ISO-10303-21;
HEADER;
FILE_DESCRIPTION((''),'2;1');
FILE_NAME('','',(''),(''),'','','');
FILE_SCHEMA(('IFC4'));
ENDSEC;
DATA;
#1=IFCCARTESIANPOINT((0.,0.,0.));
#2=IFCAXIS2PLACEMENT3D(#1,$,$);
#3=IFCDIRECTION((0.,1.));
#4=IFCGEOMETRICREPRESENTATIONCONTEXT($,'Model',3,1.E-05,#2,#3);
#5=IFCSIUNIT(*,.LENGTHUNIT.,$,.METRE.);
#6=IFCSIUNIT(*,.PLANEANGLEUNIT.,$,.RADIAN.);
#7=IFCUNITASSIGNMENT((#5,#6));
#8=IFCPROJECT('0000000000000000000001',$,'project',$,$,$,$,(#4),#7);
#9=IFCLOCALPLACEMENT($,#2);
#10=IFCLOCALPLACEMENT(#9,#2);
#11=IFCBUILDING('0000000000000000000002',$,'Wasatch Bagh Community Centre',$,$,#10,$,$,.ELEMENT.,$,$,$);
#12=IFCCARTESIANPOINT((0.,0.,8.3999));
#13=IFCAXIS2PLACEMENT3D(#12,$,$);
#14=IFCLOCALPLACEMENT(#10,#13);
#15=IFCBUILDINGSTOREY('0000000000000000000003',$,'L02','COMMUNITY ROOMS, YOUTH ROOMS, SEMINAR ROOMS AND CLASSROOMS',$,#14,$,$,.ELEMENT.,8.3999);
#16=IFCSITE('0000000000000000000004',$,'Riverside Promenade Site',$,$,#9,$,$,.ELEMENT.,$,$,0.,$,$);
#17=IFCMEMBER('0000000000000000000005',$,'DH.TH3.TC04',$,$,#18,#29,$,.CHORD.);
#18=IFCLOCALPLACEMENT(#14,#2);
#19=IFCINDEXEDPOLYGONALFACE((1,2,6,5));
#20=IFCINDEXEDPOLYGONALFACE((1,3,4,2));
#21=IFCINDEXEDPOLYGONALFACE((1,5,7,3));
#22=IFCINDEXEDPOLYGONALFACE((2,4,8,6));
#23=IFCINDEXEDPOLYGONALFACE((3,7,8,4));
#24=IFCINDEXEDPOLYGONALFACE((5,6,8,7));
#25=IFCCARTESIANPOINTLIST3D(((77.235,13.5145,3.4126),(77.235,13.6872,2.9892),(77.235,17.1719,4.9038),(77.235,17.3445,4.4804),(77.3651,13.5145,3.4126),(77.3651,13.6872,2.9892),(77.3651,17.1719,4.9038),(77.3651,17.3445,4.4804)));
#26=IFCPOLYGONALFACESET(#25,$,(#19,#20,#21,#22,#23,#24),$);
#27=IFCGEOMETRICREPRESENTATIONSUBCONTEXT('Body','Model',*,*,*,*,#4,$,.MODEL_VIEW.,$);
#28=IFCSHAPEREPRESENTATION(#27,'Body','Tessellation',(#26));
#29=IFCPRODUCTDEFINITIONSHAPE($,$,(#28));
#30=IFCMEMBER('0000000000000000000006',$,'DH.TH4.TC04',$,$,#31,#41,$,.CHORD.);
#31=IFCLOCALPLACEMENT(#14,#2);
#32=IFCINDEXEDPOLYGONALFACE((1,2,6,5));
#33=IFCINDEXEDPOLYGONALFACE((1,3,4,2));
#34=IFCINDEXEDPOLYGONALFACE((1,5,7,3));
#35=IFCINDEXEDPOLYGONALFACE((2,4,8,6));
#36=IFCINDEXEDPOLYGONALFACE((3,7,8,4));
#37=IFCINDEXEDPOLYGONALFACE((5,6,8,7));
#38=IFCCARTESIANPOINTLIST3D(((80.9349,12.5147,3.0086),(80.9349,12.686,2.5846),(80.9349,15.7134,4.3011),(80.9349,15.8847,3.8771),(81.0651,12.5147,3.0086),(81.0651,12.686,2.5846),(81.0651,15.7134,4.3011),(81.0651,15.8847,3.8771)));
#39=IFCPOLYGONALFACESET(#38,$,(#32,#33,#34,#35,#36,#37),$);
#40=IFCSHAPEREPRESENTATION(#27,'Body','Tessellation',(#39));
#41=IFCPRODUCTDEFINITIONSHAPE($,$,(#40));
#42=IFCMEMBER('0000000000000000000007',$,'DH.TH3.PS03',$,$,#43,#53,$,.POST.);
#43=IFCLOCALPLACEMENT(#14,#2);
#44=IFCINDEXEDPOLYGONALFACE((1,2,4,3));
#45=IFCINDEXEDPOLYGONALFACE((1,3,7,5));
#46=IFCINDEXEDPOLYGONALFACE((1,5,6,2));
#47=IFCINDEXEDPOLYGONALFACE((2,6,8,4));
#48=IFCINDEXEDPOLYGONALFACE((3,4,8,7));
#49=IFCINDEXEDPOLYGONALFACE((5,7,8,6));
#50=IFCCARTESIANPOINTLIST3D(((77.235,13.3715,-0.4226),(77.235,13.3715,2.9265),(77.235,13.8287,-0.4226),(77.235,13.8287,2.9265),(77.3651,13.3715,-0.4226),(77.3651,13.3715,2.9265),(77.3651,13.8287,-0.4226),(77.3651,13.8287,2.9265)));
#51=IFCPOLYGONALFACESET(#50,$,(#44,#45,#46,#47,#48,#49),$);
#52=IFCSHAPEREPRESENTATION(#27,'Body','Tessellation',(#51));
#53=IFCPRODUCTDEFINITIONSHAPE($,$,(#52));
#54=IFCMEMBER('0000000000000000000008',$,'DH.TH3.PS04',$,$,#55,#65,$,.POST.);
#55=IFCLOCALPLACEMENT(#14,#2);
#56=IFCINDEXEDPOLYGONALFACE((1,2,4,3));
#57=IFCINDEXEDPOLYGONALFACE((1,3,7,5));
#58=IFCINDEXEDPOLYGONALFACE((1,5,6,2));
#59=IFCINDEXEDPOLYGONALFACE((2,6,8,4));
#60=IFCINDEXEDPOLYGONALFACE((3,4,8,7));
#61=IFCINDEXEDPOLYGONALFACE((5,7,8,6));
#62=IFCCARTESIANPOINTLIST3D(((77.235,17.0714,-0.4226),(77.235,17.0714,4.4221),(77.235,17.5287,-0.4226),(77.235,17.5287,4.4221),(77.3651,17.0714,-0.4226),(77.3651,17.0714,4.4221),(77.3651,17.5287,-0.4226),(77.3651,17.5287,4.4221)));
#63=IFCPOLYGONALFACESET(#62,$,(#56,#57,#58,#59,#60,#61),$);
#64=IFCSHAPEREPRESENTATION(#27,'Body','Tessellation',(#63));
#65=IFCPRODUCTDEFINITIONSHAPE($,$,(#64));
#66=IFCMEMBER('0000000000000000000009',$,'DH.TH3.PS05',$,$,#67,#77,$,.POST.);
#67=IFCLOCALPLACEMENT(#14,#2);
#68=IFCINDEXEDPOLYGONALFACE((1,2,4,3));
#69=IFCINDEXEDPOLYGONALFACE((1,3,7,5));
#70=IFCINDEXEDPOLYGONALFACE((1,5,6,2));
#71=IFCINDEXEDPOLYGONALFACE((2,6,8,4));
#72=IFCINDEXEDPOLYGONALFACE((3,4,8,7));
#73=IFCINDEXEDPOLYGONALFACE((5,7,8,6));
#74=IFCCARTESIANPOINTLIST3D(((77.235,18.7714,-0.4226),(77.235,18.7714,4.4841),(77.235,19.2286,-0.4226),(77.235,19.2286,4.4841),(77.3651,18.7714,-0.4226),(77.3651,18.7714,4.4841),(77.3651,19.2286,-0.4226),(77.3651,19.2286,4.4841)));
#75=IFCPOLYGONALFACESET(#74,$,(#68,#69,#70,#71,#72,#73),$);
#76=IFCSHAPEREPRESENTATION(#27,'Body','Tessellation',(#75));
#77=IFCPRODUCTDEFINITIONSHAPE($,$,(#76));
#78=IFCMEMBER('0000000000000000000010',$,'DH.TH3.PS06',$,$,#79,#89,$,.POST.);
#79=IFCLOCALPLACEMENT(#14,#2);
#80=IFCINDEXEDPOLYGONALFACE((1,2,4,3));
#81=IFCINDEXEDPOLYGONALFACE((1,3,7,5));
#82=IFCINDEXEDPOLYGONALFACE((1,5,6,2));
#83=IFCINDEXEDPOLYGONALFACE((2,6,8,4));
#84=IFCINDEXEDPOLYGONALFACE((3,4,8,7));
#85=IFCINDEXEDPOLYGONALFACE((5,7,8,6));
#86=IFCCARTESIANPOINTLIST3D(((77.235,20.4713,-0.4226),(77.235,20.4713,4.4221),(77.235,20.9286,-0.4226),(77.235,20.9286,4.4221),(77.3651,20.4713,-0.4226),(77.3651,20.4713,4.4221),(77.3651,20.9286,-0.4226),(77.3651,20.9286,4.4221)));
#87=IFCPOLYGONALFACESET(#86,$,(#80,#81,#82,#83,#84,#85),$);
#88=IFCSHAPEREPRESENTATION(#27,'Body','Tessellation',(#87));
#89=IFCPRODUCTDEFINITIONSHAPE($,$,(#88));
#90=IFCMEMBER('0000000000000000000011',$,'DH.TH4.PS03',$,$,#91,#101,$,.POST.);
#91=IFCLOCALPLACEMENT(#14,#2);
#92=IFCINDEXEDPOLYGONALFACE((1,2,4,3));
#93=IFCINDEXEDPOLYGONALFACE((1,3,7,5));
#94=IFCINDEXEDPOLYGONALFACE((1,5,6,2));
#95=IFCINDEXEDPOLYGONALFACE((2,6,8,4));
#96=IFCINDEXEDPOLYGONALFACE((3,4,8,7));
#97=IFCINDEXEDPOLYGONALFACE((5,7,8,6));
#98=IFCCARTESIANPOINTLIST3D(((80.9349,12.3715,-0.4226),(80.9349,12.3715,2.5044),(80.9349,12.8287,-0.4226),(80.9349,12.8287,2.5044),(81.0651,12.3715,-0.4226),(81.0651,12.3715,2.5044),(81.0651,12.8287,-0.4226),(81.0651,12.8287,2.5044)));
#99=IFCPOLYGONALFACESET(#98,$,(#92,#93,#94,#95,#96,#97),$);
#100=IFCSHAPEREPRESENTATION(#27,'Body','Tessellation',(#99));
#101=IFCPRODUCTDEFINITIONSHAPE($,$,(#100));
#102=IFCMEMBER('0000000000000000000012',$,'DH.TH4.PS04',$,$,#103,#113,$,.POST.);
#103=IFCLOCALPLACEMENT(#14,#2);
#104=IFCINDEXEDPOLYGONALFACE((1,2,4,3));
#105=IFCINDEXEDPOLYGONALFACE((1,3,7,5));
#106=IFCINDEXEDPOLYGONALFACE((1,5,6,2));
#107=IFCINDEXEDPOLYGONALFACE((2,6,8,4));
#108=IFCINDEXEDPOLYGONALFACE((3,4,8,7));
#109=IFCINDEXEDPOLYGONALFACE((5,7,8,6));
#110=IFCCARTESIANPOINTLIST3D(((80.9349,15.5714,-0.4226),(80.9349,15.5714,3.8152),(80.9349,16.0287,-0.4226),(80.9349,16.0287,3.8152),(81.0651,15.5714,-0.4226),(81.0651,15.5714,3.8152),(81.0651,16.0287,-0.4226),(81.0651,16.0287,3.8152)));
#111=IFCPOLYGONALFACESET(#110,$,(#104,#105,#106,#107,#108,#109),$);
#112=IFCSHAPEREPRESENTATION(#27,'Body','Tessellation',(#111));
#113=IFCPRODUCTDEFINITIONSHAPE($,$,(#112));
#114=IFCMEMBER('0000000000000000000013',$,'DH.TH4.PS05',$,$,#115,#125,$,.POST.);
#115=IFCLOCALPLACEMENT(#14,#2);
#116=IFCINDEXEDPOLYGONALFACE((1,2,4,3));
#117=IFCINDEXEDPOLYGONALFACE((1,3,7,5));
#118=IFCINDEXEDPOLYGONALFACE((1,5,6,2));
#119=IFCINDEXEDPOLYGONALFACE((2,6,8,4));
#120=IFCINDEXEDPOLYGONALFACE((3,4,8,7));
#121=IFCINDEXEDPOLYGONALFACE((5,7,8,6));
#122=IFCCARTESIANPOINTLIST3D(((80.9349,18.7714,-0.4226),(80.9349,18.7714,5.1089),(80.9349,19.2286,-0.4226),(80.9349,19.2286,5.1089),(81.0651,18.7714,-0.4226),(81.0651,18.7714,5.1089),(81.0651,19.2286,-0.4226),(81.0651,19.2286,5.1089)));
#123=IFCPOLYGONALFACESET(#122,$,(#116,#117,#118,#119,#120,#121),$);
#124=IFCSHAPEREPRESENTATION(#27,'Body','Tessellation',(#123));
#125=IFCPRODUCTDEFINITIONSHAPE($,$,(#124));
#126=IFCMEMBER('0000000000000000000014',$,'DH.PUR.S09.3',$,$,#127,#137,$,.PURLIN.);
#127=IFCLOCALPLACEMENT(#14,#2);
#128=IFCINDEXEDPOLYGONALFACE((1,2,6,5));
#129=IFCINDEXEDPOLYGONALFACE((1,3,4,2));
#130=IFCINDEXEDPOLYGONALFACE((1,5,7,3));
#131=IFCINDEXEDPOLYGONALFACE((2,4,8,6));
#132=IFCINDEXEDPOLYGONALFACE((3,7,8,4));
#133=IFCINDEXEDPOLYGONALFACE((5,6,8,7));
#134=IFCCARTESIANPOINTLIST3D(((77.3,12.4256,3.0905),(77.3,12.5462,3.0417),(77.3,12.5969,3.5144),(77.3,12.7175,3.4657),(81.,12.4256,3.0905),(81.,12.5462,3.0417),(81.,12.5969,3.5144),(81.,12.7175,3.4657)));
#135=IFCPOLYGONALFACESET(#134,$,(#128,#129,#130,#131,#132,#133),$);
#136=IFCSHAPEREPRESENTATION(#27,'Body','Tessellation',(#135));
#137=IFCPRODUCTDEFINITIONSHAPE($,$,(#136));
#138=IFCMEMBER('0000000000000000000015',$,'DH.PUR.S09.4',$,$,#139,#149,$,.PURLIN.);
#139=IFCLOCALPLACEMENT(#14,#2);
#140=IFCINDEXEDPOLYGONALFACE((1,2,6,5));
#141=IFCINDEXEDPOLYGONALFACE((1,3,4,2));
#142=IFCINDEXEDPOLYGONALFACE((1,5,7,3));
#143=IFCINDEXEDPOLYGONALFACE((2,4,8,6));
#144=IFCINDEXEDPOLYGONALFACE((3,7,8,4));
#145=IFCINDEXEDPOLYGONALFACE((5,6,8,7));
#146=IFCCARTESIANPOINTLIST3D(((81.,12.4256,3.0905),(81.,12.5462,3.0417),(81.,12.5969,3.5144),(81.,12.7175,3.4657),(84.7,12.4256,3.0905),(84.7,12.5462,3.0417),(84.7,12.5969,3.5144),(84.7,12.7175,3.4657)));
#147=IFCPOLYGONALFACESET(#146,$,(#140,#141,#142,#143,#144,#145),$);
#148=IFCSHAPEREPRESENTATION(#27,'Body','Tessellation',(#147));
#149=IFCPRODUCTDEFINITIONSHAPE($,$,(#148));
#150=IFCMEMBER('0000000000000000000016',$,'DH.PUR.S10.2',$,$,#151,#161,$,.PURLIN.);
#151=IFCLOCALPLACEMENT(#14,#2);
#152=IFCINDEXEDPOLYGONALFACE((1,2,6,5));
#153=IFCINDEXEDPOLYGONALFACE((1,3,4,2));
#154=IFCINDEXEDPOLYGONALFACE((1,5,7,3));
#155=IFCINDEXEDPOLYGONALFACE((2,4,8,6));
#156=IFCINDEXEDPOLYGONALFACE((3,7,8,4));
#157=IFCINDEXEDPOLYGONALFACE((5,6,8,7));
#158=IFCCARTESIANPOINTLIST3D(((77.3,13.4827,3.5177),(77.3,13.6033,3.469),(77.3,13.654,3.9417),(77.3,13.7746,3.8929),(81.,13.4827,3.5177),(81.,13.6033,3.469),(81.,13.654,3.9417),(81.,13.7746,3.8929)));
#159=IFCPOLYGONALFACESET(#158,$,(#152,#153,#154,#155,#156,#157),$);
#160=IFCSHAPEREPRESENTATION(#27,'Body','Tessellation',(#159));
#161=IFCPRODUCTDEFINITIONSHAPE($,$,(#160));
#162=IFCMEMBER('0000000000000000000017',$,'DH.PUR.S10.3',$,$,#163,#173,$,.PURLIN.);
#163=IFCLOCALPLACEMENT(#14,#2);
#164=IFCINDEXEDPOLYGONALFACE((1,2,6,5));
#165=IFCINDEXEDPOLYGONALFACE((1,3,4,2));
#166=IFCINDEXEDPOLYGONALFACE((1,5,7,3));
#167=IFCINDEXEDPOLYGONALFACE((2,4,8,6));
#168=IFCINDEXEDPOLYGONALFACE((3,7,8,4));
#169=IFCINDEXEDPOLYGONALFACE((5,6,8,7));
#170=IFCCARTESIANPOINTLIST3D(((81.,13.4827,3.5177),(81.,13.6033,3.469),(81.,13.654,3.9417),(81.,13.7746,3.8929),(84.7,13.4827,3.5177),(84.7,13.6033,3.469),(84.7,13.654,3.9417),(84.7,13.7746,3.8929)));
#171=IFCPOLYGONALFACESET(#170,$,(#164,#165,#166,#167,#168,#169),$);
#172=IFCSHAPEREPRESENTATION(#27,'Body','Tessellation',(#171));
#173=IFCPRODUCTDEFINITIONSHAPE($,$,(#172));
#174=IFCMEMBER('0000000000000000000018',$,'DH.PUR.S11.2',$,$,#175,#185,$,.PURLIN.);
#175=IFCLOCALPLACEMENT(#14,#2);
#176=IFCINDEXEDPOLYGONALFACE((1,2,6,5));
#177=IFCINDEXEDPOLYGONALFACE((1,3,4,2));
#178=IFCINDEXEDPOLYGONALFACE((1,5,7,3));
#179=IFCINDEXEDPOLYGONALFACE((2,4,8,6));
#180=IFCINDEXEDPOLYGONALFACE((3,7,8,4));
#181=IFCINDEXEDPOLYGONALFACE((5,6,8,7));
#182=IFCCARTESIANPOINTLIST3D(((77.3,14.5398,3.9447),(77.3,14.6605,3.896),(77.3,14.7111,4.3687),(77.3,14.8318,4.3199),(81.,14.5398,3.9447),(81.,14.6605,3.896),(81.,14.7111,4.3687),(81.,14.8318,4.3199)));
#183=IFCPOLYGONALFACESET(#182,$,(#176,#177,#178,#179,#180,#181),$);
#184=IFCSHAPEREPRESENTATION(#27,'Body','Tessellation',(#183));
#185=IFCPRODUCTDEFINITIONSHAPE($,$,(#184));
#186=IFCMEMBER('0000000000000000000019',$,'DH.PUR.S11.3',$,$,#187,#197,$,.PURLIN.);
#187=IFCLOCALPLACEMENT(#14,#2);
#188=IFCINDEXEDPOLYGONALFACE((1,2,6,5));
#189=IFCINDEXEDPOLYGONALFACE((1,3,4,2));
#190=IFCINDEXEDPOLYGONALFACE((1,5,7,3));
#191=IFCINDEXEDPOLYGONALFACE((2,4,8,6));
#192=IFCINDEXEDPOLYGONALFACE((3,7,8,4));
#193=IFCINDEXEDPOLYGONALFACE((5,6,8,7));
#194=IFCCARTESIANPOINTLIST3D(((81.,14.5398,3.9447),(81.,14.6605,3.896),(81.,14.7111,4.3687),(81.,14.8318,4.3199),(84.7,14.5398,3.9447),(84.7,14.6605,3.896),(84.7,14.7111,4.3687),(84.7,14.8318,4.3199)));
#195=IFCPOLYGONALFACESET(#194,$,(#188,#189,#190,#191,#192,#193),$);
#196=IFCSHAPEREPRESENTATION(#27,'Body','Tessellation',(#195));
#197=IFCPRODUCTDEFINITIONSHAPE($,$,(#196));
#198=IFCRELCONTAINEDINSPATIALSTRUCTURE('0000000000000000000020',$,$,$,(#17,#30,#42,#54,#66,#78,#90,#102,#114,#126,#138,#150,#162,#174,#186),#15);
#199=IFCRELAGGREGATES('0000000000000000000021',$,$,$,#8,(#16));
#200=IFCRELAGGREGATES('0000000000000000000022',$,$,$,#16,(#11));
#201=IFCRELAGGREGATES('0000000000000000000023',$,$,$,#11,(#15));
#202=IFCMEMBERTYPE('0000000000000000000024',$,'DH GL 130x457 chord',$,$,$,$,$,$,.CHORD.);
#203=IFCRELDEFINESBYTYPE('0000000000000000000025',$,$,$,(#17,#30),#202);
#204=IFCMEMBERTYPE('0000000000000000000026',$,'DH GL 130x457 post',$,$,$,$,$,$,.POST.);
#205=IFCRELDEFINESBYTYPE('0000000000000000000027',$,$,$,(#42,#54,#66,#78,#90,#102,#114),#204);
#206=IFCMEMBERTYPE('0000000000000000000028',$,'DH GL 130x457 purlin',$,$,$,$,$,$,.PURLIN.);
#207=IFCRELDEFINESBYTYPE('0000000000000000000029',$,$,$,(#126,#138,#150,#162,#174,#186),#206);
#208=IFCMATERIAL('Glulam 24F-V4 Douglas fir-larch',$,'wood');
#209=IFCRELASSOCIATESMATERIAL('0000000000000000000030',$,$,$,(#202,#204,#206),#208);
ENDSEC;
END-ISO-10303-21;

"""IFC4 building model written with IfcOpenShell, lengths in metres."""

from ifc_helpers import new_model, si_unit, direction, frame, origin, origin_2d, place, context, subcontext, project, spatial, rectangle, extrude, material, material_profile, profile_set, type_object, element, save


model = new_model("IFC4")

# Units and contexts
model_context = context("Model", 3, precision=1e-05, world=origin(), true_north=direction((0.0, 1.0)))
body_context = subcontext(model_context, "Body", "Model", "MODEL_VIEW")
ifc_project = project(units=[si_unit("LENGTHUNIT", "METRE"), si_unit("PLANEANGLEUNIT", "RADIAN")], contexts=[model_context])

# Site, building, storey
site_placement = place(None, origin())
site = spatial("IfcSite", under=ifc_project, at=site_placement, Name="Riverside Promenade Site", CompositionType="ELEMENT", RefElevation=0.0)
building_placement = place(site_placement, origin())
building = spatial("IfcBuilding", under=site, at=building_placement, Name="Wasatch Bagh Community Centre", CompositionType="ELEMENT")
storey_placement = place(building_placement, frame((0.0, 0.0, 8.3999)))
storey = spatial("IfcBuildingStorey", under=building, at=storey_placement, Name="L02", Description="COMMUNITY ROOMS, YOUTH ROOMS, SEMINAR ROOMS AND CLASSROOMS", CompositionType="ELEMENT", Elevation=8.3999)

# Members
ifc_material_1 = material(Name="Glulam 24F-V4 Douglas fir-larch", Category="wood")
ifc_material_profile_1 = material_profile(ifc_material_1, rectangle(XDim=0.1301, YDim=0.4573, at=origin_2d()), Name="GL 130x457")
ifc_profile_set_1 = profile_set([ifc_material_profile_1], Name="Glulam 24F-V4 Douglas fir-larch")
member_type_1 = type_object("IfcMemberType", Name="DH GL 130x457 chord", PredefinedType="CHORD", material=ifc_profile_set_1)
member_1_placement = place(storey_placement, frame((77.3, 13.6008, 3.2009), z_axis=(0.0, 0.925992, 0.377542), x_axis=(-1.0, 0.0, 0.0)))
element("IfcMember", 1, at=member_1_placement, inside=storey, type_object=member_type_1, Name="DH.TH3.TC04", PredefinedType="CHORD", context=body_context, shape_type="SweptSolid", body=[
    extrude(rectangle(XDim=0.1301, YDim=0.4573, at=origin_2d()), origin(), (0.0, 0.0, 1.0), 3.9497),
])
member_2_placement = place(storey_placement, frame((81.0, 12.6003, 2.7966), z_axis=(0.0, 0.927173, 0.374634), x_axis=(-1.0, 0.0, 0.0)))
element("IfcMember", 2, at=member_2_placement, inside=storey, type_object=member_type_1, Name="DH.TH4.TC04", PredefinedType="CHORD", context=body_context, shape_type="SweptSolid", body=[
    extrude(rectangle(XDim=0.1301, YDim=0.4573, at=origin_2d()), origin(), (0.0, 0.0, 1.0), 3.45),
])
ifc_material_profile_2 = material_profile(ifc_material_1, rectangle(XDim=0.1301, YDim=0.4573, at=origin_2d()), Name="GL 130x457")
ifc_profile_set_2 = profile_set([ifc_material_profile_2], Name="Glulam 24F-V4 Douglas fir-larch")
member_type_2 = type_object("IfcMemberType", Name="DH GL 130x457 post", PredefinedType="POST", material=ifc_profile_set_2)
member_3_placement = place(storey_placement, frame((77.3, 13.6001, -0.4226), z_axis=(0.0, 0.0, 1.0), x_axis=(1.0, 0.0, 0.0)))
element("IfcMember", 3, at=member_3_placement, inside=storey, type_object=member_type_2, Name="DH.TH3.PS03", PredefinedType="POST", context=body_context, shape_type="SweptSolid", body=[
    extrude(rectangle(XDim=0.1301, YDim=0.4573, at=origin_2d()), origin(), (0.0, 0.0, 1.0), 3.3491),
])
member_4_placement = place(storey_placement, frame((77.3, 17.3, -0.4226), z_axis=(0.0, 0.0, 1.0), x_axis=(1.0, 0.0, 0.0)))
element("IfcMember", 4, at=member_4_placement, inside=storey, type_object=member_type_2, Name="DH.TH3.PS04", PredefinedType="POST", context=body_context, shape_type="SweptSolid", body=[
    extrude(rectangle(XDim=0.1301, YDim=0.4573, at=origin_2d()), origin(), (0.0, 0.0, 1.0), 4.8447),
])
member_5_placement = place(storey_placement, frame((77.3, 19.0, -0.4226), z_axis=(0.0, 0.0, 1.0), x_axis=(1.0, 0.0, 0.0)))
element("IfcMember", 5, at=member_5_placement, inside=storey, type_object=member_type_2, Name="DH.TH3.PS05", PredefinedType="POST", context=body_context, shape_type="SweptSolid", body=[
    extrude(rectangle(XDim=0.1301, YDim=0.4573, at=origin_2d()), origin(), (0.0, 0.0, 1.0), 4.9067),
])
member_6_placement = place(storey_placement, frame((77.3, 20.7, -0.4226), z_axis=(0.0, 0.0, 1.0), x_axis=(1.0, 0.0, 0.0)))
element("IfcMember", 6, at=member_6_placement, inside=storey, type_object=member_type_2, Name="DH.TH3.PS06", PredefinedType="POST", context=body_context, shape_type="SweptSolid", body=[
    extrude(rectangle(XDim=0.1301, YDim=0.4573, at=origin_2d()), origin(), (0.0, 0.0, 1.0), 4.8447),
])
member_7_placement = place(storey_placement, frame((81.0, 12.6001, -0.4226), z_axis=(0.0, 0.0, 1.0), x_axis=(1.0, 0.0, 0.0)))
element("IfcMember", 7, at=member_7_placement, inside=storey, type_object=member_type_2, Name="DH.TH4.PS03", PredefinedType="POST", context=body_context, shape_type="SweptSolid", body=[
    extrude(rectangle(XDim=0.1301, YDim=0.4573, at=origin_2d()), origin(), (0.0, 0.0, 1.0), 2.927),
])
member_8_placement = place(storey_placement, frame((81.0, 15.8, -0.4226), z_axis=(0.0, 0.0, 1.0), x_axis=(1.0, 0.0, 0.0)))
element("IfcMember", 8, at=member_8_placement, inside=storey, type_object=member_type_2, Name="DH.TH4.PS04", PredefinedType="POST", context=body_context, shape_type="SweptSolid", body=[
    extrude(rectangle(XDim=0.1301, YDim=0.4573, at=origin_2d()), origin(), (0.0, 0.0, 1.0), 4.2378),
])
member_9_placement = place(storey_placement, frame((81.0, 19.0, -0.4226), z_axis=(0.0, 0.0, 1.0), x_axis=(1.0, 0.0, 0.0)))
element("IfcMember", 9, at=member_9_placement, inside=storey, type_object=member_type_2, Name="DH.TH4.PS05", PredefinedType="POST", context=body_context, shape_type="SweptSolid", body=[
    extrude(rectangle(XDim=0.1301, YDim=0.4573, at=origin_2d()), origin(), (0.0, 0.0, 1.0), 5.5315),
])
ifc_material_profile_3 = material_profile(ifc_material_1, rectangle(XDim=0.1301, YDim=0.4573, at=origin_2d()), Name="GL 130x457")
ifc_profile_set_3 = profile_set([ifc_material_profile_3], Name="Glulam 24F-V4 Douglas fir-larch")
member_type_3 = type_object("IfcMemberType", Name="DH GL 130x457 purlin", PredefinedType="PURLIN", material=ifc_profile_set_3)
for number, where, z_axis, x_axis, name in (
    (10, (77.3, 12.5715, 3.2781), (1.0, 0.0, 0.0), (0.0, 0.927184, -0.374607), "DH.PUR.S09.3"),
    (11, (81.0, 12.5715, 3.2781), (1.0, 0.0, 0.0), (0.0, 0.927184, -0.374607), "DH.PUR.S09.4"),
    (12, (77.3, 13.6287, 3.7053), (1.0, 0.0, 0.0), (0.0, 0.927184, -0.374607), "DH.PUR.S10.2"),
    (13, (81.0, 13.6287, 3.7053), (1.0, 0.0, 0.0), (0.0, 0.927184, -0.374607), "DH.PUR.S10.3"),
    (14, (77.3, 14.6858, 4.1323), (1.0, 0.0, 0.0), (0.0, 0.927184, -0.374607), "DH.PUR.S11.2"),
    (15, (81.0, 14.6858, 4.1323), (1.0, 0.0, 0.0), (0.0, 0.927184, -0.374607), "DH.PUR.S11.3"),
):
    element("IfcMember", number, at=place(storey_placement, frame(where, z_axis=z_axis, x_axis=x_axis)), inside=storey, type_object=member_type_3, Name=name, PredefinedType="PURLIN", context=body_context, shape_type="SweptSolid", body=[
        extrude(rectangle(XDim=0.1301, YDim=0.4573, at=origin_2d()), origin(), (0.0, 0.0, 1.0), 3.7),
    ])

save(model, "model.ifc")
